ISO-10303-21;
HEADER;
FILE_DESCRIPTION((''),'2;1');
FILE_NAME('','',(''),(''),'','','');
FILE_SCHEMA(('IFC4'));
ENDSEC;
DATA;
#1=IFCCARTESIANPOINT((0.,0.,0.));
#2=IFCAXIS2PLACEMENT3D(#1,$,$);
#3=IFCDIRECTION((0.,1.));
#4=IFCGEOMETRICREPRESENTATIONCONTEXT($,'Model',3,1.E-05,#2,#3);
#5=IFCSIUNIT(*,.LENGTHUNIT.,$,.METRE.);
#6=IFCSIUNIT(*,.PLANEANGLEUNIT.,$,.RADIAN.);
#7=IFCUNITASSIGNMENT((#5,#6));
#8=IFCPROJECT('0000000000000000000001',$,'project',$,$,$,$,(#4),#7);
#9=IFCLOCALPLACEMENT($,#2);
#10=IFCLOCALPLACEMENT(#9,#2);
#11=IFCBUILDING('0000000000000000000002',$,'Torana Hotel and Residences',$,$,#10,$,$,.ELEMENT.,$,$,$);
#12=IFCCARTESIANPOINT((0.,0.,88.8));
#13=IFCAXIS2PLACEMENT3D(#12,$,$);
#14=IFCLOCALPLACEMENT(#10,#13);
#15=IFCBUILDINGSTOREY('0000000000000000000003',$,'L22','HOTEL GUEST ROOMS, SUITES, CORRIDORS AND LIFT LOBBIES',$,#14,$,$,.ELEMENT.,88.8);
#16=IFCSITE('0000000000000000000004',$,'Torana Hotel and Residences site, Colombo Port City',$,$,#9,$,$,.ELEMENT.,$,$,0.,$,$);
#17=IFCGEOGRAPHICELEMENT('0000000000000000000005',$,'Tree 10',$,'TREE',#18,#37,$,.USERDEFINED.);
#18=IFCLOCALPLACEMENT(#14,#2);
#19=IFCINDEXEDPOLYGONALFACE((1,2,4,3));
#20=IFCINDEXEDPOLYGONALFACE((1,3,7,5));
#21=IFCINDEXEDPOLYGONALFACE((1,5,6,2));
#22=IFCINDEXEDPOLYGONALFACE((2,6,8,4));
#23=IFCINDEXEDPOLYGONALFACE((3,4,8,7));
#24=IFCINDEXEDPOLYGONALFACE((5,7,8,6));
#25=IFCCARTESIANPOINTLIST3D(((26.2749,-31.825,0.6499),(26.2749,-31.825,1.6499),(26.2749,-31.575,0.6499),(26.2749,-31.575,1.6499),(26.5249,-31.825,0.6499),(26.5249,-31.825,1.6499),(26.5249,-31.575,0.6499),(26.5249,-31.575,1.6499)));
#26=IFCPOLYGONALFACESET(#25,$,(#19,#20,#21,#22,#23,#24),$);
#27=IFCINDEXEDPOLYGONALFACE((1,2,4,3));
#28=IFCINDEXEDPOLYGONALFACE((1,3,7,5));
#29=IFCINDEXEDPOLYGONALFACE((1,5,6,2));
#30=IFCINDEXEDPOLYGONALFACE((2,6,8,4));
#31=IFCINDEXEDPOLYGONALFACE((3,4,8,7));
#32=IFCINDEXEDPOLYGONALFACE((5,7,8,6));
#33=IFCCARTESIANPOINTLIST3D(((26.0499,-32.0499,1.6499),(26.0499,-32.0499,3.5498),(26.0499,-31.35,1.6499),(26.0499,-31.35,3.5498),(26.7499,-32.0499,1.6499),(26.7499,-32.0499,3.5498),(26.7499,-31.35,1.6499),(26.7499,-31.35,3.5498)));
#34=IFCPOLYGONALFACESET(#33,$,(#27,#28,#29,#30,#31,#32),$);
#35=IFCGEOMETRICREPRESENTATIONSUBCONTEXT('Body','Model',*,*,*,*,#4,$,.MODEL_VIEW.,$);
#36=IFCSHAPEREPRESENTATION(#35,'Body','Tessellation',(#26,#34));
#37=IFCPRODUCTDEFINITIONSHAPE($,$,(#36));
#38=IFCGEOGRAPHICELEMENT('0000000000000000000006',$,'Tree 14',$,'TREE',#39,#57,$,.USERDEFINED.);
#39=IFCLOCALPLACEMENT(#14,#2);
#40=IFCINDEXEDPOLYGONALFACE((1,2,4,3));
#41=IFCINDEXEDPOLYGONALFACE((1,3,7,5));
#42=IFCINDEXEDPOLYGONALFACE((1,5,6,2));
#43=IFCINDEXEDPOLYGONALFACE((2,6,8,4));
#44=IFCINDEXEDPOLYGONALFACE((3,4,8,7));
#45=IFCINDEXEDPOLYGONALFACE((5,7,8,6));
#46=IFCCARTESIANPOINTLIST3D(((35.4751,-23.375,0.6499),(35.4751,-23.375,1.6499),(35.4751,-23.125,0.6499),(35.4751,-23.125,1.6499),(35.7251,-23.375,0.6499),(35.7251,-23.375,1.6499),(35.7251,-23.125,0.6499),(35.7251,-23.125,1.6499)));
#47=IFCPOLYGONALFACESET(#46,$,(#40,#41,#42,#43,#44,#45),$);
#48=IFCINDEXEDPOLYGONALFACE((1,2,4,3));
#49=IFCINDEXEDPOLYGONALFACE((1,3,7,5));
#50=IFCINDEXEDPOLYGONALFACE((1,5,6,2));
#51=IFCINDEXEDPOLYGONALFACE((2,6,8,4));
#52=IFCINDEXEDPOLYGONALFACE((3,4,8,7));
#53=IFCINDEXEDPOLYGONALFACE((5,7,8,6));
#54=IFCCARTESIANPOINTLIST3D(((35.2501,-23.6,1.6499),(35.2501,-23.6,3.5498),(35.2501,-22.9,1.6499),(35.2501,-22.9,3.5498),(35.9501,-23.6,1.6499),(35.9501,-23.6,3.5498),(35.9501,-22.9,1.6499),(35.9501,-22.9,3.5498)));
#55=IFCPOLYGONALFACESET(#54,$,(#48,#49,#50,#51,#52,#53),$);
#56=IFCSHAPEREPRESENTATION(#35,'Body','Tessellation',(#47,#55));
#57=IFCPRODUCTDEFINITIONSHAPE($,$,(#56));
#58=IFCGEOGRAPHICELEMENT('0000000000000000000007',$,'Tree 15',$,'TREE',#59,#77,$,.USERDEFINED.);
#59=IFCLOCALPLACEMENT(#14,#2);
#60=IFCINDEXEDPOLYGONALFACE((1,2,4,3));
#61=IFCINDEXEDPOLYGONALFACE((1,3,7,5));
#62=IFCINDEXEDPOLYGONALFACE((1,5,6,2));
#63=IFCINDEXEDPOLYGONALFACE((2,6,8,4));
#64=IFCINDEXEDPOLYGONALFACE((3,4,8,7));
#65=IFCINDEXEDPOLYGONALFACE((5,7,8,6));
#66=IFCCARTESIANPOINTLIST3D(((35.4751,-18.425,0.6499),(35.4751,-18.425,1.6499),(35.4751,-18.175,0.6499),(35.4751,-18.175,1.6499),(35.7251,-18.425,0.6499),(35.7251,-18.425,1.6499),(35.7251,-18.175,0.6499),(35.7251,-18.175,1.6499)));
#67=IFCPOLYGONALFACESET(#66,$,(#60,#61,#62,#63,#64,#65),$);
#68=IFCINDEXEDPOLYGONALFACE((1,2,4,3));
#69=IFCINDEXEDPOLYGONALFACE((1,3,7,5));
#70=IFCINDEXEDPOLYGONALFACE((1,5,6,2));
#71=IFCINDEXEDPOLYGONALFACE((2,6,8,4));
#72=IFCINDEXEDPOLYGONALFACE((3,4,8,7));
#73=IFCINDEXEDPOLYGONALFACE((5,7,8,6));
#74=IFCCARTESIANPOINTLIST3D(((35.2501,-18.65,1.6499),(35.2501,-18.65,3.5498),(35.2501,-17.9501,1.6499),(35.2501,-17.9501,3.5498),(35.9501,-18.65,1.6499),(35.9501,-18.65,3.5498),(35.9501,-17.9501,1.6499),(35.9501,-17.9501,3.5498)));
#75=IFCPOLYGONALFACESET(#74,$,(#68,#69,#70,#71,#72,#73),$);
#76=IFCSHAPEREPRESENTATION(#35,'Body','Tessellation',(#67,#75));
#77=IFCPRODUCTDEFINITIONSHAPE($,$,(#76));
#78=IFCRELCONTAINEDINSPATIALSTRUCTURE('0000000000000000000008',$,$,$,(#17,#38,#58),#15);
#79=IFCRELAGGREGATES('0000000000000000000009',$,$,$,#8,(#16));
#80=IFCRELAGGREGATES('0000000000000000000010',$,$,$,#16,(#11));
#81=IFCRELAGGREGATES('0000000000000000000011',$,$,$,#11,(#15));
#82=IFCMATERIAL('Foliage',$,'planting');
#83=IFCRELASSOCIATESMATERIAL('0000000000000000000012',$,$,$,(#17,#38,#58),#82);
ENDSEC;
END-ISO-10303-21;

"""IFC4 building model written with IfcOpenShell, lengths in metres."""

from ifc_helpers import new_model, si_unit, direction, frame, origin, origin_2d, place, context, subcontext, project, spatial, rectangle, extrude, material, element, save


model = new_model("IFC4")

# Units and contexts
model_context = context("Model", 3, precision=1e-05, world=origin(), true_north=direction((0.0, 1.0)))
body_context = subcontext(model_context, "Body", "Model", "MODEL_VIEW")
ifc_project = project(units=[si_unit("LENGTHUNIT", "METRE"), si_unit("PLANEANGLEUNIT", "RADIAN")], contexts=[model_context])

# Site, building, storey
site_placement = place(None, origin())
site = spatial("IfcSite", under=ifc_project, at=site_placement, Name="Torana Hotel and Residences site, Colombo Port City", CompositionType="ELEMENT", RefElevation=0.0)
building_placement = place(site_placement, origin())
building = spatial("IfcBuilding", under=site, at=building_placement, Name="Torana Hotel and Residences", CompositionType="ELEMENT")
storey_placement = place(building_placement, frame((0.0, 0.0, 88.8)))
storey = spatial("IfcBuildingStorey", under=building, at=storey_placement, Name="L22", Description="HOTEL GUEST ROOMS, SUITES, CORRIDORS AND LIFT LOBBIES", CompositionType="ELEMENT", Elevation=88.8)

# Geographic elements
ifc_material_1 = material(Name="Foliage", Category="planting")
for number, where, z_axis, x_axis, name in (
    (1, (26.3999, -31.7, 0.6499), (0.0, 0.0, 1.0), (1.0, 0.0, 0.0), "Tree 10"),
    (2, (35.6001, -23.25, 0.6499), (0.0, 0.0, 1.0), (1.0, 0.0, 0.0), "Tree 14"),
    (3, (35.6001, -18.3, 0.6499), (0.0, 0.0, 1.0), (1.0, 0.0, 0.0), "Tree 15"),
):
    element("IfcGeographicElement", number, at=place(storey_placement, frame(where, z_axis=z_axis, x_axis=x_axis)), inside=storey, material=ifc_material_1, Name=name, ObjectType="TREE", PredefinedType="USERDEFINED", context=body_context, shape_type="SweptSolid", body=[
        extrude(rectangle(XDim=0.25, YDim=0.25, at=origin_2d()), origin(), (0.0, 0.0, 1.0), 1.0),
        extrude(rectangle(XDim=0.7, YDim=0.7, at=origin_2d()), frame((0.0, 0.0, 1.0)), (0.0, 0.0, 1.0), 1.8999),
    ])

save(model, "model.ifc")
